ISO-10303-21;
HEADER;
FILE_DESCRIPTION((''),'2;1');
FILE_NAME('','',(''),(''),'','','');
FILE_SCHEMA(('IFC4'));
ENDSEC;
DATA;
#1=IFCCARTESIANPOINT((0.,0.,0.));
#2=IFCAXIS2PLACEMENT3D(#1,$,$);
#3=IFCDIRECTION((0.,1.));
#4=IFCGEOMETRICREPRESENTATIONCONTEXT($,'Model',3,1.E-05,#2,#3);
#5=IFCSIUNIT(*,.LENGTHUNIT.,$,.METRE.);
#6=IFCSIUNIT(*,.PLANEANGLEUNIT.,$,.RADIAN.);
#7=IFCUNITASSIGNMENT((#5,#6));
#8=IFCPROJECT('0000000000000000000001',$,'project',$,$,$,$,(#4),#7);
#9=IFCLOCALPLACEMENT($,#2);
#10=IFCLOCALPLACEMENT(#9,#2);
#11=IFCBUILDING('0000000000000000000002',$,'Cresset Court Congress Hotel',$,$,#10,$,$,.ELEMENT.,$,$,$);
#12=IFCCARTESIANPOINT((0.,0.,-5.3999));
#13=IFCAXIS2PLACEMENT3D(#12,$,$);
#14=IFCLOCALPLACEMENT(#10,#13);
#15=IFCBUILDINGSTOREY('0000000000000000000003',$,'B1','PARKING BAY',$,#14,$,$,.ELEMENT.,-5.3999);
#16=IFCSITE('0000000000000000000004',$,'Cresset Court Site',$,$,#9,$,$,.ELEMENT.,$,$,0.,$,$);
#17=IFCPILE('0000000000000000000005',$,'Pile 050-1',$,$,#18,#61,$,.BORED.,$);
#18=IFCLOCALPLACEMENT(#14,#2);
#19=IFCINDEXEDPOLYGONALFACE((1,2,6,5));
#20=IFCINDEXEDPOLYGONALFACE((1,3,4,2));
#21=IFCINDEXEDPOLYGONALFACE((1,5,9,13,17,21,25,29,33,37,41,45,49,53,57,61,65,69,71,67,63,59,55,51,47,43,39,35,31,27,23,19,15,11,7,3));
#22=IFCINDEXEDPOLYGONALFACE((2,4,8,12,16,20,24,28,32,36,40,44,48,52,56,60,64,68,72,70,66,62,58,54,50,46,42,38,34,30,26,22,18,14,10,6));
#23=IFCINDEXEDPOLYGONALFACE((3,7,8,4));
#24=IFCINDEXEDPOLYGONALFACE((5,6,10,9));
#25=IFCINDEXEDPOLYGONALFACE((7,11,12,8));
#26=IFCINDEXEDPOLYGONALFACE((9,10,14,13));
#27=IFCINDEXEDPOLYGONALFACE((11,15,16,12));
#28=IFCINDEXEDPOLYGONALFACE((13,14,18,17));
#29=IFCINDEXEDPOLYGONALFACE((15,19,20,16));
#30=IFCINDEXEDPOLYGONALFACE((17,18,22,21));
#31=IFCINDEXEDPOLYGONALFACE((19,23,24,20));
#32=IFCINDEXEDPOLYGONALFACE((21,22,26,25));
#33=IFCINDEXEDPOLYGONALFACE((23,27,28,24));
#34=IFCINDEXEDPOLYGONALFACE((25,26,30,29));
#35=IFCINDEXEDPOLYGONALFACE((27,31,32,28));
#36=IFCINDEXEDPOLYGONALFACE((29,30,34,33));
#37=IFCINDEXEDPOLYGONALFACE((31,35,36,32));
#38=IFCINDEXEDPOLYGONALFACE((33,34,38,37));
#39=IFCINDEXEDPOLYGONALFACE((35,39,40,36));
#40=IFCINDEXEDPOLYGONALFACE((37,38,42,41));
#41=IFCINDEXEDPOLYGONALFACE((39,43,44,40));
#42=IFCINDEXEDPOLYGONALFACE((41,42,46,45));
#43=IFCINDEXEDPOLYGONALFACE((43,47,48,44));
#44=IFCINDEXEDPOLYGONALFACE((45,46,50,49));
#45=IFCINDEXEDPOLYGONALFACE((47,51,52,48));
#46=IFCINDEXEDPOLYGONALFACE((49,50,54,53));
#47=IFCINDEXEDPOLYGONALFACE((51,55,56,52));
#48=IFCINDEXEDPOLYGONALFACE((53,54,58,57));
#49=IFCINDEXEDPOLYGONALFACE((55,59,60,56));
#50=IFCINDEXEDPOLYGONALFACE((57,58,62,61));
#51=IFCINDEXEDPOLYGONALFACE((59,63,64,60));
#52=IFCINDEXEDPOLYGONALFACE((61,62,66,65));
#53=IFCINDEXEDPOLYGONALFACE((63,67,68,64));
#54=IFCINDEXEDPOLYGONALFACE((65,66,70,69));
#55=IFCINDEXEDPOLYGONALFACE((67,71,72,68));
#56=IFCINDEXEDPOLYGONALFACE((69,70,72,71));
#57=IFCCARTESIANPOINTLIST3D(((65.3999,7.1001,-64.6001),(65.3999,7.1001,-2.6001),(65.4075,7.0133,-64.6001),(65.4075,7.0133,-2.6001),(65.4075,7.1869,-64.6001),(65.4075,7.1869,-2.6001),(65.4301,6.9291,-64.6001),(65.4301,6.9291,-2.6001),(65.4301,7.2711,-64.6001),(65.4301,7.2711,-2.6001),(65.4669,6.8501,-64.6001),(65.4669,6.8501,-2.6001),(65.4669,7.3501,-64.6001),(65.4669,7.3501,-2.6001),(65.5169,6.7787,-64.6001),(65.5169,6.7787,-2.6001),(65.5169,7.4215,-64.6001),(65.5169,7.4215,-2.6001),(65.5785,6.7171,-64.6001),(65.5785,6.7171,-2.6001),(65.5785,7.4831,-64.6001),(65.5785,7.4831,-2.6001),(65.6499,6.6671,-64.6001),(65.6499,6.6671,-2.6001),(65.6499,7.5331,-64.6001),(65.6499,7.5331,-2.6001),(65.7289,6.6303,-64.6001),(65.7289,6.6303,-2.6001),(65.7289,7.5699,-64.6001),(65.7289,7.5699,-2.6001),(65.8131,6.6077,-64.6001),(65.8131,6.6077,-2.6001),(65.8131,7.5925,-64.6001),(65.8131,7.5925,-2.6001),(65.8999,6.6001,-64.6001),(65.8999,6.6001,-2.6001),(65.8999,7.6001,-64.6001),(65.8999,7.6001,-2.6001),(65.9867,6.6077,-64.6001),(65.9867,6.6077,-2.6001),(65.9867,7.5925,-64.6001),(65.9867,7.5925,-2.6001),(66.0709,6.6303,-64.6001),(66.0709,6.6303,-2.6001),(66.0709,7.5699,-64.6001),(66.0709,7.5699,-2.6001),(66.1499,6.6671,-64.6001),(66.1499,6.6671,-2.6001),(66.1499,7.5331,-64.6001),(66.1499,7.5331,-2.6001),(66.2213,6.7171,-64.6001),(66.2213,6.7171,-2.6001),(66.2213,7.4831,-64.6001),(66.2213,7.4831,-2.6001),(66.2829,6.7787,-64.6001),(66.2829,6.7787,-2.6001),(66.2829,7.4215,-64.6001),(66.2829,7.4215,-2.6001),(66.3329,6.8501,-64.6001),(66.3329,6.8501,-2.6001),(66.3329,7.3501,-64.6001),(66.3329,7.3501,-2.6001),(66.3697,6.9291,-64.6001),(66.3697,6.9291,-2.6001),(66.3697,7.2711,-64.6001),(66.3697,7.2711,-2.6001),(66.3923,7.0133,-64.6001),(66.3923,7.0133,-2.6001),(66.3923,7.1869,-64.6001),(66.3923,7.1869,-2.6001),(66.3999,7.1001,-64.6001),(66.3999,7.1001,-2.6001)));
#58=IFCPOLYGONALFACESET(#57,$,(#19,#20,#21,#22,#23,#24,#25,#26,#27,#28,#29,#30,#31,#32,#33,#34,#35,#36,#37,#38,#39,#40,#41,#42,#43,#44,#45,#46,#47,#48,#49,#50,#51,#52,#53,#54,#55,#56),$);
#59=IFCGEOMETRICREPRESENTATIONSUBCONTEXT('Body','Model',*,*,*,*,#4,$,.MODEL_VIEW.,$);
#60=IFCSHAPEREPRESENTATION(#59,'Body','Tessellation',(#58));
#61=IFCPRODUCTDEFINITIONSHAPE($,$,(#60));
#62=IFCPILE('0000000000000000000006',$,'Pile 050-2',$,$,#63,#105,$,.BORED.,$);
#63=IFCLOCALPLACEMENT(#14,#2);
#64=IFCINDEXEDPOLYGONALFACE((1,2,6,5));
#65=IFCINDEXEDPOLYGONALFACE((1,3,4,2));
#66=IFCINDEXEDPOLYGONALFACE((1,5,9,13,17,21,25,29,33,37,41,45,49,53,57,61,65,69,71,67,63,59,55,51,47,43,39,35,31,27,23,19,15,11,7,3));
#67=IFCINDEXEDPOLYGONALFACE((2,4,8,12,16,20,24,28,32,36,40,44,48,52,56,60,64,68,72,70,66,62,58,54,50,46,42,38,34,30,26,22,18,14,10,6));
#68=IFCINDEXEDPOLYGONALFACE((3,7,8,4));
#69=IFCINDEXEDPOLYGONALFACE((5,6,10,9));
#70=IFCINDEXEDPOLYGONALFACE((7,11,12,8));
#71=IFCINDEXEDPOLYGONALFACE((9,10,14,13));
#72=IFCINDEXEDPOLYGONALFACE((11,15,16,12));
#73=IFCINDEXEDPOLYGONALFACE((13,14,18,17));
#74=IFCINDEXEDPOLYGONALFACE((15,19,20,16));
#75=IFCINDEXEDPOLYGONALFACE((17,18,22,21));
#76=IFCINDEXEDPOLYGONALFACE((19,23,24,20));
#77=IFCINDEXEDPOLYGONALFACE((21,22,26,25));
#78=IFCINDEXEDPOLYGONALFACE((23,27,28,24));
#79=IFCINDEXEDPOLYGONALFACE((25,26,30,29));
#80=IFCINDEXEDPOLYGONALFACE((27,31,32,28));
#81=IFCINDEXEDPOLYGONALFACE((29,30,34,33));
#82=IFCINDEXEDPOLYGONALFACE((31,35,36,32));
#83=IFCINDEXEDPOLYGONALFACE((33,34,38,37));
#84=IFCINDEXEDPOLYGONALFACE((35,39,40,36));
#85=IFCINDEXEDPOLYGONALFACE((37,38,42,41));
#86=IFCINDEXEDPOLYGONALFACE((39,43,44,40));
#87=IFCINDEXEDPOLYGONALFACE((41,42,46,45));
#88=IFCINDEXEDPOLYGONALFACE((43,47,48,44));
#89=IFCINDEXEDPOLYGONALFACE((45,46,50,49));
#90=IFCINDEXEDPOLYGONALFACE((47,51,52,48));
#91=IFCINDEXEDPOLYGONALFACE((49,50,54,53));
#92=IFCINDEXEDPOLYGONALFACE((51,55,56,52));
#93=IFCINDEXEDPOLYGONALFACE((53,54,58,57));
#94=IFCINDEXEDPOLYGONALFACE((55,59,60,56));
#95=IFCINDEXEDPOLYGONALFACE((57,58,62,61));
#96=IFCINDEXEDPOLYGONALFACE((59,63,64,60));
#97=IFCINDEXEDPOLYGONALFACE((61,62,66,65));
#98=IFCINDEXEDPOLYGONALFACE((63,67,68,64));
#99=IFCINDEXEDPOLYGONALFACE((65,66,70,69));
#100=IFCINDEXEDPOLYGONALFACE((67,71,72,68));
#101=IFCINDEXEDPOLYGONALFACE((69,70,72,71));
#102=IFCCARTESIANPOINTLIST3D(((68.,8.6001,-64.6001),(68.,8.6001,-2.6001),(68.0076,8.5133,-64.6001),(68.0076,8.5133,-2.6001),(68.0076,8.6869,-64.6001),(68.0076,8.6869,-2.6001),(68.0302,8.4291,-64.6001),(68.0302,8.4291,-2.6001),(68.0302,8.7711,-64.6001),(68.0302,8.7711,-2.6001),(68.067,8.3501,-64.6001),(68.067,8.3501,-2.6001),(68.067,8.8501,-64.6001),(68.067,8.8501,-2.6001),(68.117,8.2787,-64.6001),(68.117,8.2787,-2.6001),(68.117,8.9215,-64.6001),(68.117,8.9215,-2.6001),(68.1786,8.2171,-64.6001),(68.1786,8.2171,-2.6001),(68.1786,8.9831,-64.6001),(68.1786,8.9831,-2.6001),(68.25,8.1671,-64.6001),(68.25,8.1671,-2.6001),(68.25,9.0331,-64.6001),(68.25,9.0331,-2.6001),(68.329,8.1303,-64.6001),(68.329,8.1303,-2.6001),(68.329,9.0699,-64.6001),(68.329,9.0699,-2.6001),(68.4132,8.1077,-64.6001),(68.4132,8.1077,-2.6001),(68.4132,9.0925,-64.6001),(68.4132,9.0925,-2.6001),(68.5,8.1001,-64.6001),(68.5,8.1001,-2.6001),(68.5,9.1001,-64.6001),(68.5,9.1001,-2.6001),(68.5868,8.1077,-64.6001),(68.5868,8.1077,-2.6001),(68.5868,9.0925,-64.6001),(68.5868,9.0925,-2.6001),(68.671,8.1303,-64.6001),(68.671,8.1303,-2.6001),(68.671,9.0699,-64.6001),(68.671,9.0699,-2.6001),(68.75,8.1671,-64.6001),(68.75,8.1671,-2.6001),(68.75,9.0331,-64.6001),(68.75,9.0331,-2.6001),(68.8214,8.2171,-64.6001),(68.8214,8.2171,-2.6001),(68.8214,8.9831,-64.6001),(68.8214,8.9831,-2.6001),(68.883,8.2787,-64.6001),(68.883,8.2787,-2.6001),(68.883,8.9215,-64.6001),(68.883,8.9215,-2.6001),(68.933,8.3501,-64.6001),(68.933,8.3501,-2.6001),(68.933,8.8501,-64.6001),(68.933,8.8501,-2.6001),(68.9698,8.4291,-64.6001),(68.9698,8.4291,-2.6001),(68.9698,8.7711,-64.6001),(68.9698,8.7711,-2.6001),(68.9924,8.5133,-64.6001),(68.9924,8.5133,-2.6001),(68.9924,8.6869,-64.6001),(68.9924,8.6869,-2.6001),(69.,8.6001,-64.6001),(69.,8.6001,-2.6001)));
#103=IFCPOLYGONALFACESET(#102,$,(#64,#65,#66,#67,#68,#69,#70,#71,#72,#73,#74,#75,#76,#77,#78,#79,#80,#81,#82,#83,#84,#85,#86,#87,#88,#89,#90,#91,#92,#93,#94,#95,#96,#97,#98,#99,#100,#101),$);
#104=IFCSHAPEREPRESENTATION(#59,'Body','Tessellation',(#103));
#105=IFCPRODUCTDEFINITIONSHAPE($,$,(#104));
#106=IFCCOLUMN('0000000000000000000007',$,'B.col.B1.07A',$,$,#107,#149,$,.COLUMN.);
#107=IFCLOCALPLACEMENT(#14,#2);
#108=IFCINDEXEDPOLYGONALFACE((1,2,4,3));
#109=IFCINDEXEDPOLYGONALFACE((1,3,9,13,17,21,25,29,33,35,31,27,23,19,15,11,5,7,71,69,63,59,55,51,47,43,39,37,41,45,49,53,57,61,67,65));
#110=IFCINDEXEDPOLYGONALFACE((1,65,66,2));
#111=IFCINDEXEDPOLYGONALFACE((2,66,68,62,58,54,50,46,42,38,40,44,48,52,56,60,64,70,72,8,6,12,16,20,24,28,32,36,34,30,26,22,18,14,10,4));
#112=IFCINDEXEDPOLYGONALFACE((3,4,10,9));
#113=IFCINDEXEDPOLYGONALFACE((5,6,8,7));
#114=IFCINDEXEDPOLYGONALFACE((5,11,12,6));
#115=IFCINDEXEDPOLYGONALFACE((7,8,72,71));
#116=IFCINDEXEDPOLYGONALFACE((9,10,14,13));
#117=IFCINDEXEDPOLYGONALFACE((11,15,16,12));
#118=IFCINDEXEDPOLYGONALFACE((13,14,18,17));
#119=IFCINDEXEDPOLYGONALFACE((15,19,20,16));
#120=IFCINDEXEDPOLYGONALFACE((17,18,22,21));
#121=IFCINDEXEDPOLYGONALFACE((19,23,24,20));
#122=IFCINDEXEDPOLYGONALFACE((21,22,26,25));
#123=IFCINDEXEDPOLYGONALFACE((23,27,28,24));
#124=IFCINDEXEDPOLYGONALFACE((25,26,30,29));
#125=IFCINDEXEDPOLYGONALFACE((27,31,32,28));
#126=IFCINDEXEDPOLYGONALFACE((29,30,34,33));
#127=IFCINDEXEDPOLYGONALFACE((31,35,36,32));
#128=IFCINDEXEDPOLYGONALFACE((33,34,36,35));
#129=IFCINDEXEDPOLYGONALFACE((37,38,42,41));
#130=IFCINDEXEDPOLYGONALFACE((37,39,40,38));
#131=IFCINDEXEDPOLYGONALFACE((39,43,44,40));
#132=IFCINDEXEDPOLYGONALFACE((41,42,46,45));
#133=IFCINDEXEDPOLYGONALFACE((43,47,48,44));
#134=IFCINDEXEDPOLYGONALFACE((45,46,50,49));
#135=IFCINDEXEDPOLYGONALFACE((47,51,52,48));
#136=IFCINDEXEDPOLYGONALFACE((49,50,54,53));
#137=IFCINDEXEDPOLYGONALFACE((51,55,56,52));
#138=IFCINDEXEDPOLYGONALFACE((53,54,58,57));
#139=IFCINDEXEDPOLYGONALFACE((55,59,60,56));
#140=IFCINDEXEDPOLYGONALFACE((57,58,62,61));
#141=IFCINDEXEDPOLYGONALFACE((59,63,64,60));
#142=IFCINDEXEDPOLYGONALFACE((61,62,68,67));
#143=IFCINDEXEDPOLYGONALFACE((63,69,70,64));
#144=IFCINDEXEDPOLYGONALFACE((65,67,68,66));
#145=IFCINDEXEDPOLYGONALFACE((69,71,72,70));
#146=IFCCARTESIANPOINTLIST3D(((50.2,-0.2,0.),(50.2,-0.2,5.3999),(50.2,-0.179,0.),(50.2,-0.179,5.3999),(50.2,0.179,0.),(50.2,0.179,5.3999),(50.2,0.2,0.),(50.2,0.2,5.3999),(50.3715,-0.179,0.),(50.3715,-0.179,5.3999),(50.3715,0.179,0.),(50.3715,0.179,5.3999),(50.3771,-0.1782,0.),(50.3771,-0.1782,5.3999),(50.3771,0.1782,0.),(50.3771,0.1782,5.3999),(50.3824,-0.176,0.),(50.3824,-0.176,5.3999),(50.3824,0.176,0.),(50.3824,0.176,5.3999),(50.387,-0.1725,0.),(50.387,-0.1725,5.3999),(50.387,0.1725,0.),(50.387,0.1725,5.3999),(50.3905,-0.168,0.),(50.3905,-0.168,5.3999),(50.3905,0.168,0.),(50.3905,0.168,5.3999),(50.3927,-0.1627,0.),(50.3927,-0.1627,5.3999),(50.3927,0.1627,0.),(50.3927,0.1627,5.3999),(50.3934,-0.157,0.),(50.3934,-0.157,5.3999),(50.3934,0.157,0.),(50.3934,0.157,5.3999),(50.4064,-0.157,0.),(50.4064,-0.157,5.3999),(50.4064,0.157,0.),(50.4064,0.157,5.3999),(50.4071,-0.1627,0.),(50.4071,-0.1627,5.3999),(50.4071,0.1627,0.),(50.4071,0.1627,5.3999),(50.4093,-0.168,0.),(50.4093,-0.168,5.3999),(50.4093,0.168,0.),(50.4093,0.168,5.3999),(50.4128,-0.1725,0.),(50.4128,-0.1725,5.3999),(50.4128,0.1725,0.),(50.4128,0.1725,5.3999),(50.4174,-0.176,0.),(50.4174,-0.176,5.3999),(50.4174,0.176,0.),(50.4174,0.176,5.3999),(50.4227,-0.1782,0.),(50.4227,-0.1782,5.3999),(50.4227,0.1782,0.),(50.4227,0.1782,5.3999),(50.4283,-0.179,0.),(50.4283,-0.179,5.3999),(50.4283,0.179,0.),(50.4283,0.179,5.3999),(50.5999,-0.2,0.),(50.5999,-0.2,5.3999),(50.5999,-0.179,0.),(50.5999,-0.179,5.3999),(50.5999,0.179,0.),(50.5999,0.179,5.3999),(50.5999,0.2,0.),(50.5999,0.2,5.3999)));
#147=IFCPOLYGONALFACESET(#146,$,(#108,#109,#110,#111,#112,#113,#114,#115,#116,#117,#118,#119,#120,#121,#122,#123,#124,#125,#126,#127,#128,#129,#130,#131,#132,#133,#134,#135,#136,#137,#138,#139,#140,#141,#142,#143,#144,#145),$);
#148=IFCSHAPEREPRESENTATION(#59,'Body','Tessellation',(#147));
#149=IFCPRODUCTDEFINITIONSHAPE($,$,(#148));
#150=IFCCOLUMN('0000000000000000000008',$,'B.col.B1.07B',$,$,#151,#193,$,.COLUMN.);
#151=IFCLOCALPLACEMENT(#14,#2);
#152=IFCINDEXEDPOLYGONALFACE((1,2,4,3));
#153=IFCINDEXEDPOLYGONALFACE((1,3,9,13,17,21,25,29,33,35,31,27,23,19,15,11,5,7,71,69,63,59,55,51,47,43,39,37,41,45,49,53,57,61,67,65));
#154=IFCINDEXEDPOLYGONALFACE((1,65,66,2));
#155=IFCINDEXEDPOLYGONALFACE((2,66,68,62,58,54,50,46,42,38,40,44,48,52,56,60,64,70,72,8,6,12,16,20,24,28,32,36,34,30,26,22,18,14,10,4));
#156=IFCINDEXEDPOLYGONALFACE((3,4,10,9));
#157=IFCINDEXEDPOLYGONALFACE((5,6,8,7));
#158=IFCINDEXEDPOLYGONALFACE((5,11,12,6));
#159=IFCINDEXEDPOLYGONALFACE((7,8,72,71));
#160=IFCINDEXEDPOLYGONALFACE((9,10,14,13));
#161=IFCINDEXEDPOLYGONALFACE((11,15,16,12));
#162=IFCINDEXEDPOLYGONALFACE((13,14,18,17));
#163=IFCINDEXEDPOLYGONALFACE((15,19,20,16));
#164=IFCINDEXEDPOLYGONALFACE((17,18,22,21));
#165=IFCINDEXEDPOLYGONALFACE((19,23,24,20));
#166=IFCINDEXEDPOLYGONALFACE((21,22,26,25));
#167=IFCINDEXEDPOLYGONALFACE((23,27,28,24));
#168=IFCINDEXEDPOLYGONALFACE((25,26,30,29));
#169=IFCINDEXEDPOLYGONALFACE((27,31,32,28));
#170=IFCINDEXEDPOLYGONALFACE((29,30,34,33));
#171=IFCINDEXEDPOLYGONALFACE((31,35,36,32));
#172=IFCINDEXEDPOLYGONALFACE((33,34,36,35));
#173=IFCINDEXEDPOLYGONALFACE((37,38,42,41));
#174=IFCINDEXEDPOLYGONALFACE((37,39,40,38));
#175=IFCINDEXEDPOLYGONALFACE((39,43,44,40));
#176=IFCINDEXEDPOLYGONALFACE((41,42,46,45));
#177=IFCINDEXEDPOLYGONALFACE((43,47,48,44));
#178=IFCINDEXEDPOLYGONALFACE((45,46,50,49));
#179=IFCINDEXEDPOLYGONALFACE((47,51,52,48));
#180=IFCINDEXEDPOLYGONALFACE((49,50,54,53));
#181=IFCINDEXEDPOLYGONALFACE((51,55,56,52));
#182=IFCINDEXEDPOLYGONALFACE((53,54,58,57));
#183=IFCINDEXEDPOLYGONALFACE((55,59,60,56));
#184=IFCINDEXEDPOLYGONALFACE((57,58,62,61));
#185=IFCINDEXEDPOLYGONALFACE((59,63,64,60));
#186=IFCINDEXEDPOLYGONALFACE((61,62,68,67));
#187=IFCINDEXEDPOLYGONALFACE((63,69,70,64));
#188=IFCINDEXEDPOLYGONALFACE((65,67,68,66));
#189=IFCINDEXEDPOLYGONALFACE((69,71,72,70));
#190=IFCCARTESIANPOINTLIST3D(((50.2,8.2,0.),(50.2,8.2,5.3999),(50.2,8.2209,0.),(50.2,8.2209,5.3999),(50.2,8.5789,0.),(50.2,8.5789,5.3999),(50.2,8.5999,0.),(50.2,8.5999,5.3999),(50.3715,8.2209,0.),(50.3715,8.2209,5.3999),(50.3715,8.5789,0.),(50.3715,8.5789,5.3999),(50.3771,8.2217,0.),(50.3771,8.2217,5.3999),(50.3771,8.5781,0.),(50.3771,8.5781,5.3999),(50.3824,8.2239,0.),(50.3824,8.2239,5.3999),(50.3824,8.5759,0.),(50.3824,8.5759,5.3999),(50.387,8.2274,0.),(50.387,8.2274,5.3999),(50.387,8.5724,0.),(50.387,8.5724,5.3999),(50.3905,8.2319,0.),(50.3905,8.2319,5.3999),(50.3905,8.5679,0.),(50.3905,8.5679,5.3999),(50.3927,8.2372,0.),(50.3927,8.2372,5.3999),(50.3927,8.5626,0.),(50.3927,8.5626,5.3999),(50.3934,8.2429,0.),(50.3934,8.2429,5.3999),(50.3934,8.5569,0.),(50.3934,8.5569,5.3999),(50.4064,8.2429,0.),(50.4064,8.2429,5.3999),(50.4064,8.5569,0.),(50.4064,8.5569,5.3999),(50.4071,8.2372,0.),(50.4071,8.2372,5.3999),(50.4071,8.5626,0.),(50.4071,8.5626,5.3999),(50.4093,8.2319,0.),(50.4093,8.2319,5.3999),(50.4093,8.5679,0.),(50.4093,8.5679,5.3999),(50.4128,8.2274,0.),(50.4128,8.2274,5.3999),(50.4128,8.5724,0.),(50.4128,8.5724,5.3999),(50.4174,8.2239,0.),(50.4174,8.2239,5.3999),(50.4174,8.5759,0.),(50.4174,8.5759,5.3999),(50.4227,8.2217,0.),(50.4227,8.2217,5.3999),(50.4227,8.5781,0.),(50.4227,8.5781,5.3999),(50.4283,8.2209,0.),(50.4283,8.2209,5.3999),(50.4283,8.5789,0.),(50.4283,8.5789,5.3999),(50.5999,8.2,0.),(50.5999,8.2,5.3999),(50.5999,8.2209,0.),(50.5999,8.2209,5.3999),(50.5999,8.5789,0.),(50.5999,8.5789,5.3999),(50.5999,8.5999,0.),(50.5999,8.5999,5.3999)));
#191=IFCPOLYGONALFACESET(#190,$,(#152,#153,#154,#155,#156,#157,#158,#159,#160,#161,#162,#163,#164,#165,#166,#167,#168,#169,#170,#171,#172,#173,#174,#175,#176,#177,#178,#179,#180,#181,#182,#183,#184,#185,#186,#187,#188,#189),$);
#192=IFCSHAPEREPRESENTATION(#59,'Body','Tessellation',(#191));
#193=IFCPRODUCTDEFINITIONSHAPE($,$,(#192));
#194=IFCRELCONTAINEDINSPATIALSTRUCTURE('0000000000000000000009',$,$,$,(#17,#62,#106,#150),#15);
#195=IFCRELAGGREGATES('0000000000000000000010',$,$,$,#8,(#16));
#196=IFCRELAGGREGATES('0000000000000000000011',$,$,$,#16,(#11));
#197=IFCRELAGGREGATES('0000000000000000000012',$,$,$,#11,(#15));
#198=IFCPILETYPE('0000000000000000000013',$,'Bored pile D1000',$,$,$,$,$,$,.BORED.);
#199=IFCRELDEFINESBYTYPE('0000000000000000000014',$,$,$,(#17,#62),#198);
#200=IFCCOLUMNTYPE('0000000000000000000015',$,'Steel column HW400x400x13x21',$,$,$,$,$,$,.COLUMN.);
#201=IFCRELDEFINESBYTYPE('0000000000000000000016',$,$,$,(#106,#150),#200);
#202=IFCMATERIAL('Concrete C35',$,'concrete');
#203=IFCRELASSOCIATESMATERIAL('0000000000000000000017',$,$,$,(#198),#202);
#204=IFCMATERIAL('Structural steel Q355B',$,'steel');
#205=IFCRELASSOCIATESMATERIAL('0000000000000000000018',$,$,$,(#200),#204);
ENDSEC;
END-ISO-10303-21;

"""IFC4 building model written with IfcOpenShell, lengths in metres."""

from ifc_helpers import new_model, si_unit, direction, frame, origin, origin_2d, place, context, subcontext, project, spatial, circle, i_section, extrude, material, material_profile, profile_set, type_object, element, save


model = new_model("IFC4")

# Units and contexts
model_context = context("Model", 3, precision=1e-05, world=origin(), true_north=direction((0.0, 1.0)))
body_context = subcontext(model_context, "Body", "Model", "MODEL_VIEW")
ifc_project = project(units=[si_unit("LENGTHUNIT", "METRE"), si_unit("PLANEANGLEUNIT", "RADIAN")], contexts=[model_context])

# Site, building, storey
site_placement = place(None, origin())
site = spatial("IfcSite", under=ifc_project, at=site_placement, Name="Cresset Court Site", CompositionType="ELEMENT", RefElevation=0.0)
building_placement = place(site_placement, origin())
building = spatial("IfcBuilding", under=site, at=building_placement, Name="Cresset Court Congress Hotel", CompositionType="ELEMENT")
storey_placement = place(building_placement, frame((0.0, 0.0, -5.3999)))
storey = spatial("IfcBuildingStorey", under=building, at=storey_placement, Name="B1", Description="PARKING BAY", CompositionType="ELEMENT", Elevation=-5.3999)

# Piles
ifc_material_1 = material(Name="Concrete C35", Category="concrete")
pile_type = type_object("IfcPileType", Name="Bored pile D1000", PredefinedType="BORED", material=ifc_material_1)
for number, where, z_axis, x_axis, name in (
    (1, (65.8999, 7.1001, -2.6001), (0.0, 0.0, -1.0), (1.0, 0.0, 0.0), "Pile 050-1"),
    (2, (68.5, 8.6001, -2.6001), (0.0, 0.0, -1.0), (1.0, 0.0, 0.0), "Pile 050-2"),
):
    element("IfcPile", number, at=place(storey_placement, frame(where, z_axis=z_axis, x_axis=x_axis)), inside=storey, type_object=pile_type, Name=name, PredefinedType="BORED", context=body_context, shape_type="SweptSolid", body=[
        extrude(circle(Radius=0.5, at=origin_2d()), origin(), (0.0, 0.0, 1.0), 62.0),
    ])

# Columns
ifc_material_2 = material(Name="Structural steel Q355B", Category="steel")
ifc_material_profile = material_profile(ifc_material_2, i_section(OverallWidth=0.3999, OverallDepth=0.3999, WebThickness=0.0129, FlangeThickness=0.021, FilletRadius=0.022, at=origin_2d()), Name="HW400x400x13x21")
ifc_profile_set = profile_set([ifc_material_profile], Name="Structural steel Q355B")
column_type = type_object("IfcColumnType", Name="Steel column HW400x400x13x21", PredefinedType="COLUMN", material=ifc_profile_set)
for number, where, z_axis, x_axis, name in (
    (3, (50.3999, 0.0, 0.0), (0.0, 0.0, 1.0), (1.0, 0.0, 0.0), "B.col.B1.07A"),
    (4, (50.3999, 8.3999, 0.0), (0.0, 0.0, 1.0), (1.0, 0.0, 0.0), "B.col.B1.07B"),
):
    element("IfcColumn", number, at=place(storey_placement, frame(where, z_axis=z_axis, x_axis=x_axis)), inside=storey, type_object=column_type, Name=name, PredefinedType="COLUMN", context=body_context, shape_type="SweptSolid", body=[
        extrude(i_section(OverallWidth=0.3999, OverallDepth=0.3999, WebThickness=0.0129, FlangeThickness=0.021, FilletRadius=0.022, at=origin_2d()), origin(), (0.0, 0.0, 1.0), 5.3999),
    ])

save(model, "model.ifc")
